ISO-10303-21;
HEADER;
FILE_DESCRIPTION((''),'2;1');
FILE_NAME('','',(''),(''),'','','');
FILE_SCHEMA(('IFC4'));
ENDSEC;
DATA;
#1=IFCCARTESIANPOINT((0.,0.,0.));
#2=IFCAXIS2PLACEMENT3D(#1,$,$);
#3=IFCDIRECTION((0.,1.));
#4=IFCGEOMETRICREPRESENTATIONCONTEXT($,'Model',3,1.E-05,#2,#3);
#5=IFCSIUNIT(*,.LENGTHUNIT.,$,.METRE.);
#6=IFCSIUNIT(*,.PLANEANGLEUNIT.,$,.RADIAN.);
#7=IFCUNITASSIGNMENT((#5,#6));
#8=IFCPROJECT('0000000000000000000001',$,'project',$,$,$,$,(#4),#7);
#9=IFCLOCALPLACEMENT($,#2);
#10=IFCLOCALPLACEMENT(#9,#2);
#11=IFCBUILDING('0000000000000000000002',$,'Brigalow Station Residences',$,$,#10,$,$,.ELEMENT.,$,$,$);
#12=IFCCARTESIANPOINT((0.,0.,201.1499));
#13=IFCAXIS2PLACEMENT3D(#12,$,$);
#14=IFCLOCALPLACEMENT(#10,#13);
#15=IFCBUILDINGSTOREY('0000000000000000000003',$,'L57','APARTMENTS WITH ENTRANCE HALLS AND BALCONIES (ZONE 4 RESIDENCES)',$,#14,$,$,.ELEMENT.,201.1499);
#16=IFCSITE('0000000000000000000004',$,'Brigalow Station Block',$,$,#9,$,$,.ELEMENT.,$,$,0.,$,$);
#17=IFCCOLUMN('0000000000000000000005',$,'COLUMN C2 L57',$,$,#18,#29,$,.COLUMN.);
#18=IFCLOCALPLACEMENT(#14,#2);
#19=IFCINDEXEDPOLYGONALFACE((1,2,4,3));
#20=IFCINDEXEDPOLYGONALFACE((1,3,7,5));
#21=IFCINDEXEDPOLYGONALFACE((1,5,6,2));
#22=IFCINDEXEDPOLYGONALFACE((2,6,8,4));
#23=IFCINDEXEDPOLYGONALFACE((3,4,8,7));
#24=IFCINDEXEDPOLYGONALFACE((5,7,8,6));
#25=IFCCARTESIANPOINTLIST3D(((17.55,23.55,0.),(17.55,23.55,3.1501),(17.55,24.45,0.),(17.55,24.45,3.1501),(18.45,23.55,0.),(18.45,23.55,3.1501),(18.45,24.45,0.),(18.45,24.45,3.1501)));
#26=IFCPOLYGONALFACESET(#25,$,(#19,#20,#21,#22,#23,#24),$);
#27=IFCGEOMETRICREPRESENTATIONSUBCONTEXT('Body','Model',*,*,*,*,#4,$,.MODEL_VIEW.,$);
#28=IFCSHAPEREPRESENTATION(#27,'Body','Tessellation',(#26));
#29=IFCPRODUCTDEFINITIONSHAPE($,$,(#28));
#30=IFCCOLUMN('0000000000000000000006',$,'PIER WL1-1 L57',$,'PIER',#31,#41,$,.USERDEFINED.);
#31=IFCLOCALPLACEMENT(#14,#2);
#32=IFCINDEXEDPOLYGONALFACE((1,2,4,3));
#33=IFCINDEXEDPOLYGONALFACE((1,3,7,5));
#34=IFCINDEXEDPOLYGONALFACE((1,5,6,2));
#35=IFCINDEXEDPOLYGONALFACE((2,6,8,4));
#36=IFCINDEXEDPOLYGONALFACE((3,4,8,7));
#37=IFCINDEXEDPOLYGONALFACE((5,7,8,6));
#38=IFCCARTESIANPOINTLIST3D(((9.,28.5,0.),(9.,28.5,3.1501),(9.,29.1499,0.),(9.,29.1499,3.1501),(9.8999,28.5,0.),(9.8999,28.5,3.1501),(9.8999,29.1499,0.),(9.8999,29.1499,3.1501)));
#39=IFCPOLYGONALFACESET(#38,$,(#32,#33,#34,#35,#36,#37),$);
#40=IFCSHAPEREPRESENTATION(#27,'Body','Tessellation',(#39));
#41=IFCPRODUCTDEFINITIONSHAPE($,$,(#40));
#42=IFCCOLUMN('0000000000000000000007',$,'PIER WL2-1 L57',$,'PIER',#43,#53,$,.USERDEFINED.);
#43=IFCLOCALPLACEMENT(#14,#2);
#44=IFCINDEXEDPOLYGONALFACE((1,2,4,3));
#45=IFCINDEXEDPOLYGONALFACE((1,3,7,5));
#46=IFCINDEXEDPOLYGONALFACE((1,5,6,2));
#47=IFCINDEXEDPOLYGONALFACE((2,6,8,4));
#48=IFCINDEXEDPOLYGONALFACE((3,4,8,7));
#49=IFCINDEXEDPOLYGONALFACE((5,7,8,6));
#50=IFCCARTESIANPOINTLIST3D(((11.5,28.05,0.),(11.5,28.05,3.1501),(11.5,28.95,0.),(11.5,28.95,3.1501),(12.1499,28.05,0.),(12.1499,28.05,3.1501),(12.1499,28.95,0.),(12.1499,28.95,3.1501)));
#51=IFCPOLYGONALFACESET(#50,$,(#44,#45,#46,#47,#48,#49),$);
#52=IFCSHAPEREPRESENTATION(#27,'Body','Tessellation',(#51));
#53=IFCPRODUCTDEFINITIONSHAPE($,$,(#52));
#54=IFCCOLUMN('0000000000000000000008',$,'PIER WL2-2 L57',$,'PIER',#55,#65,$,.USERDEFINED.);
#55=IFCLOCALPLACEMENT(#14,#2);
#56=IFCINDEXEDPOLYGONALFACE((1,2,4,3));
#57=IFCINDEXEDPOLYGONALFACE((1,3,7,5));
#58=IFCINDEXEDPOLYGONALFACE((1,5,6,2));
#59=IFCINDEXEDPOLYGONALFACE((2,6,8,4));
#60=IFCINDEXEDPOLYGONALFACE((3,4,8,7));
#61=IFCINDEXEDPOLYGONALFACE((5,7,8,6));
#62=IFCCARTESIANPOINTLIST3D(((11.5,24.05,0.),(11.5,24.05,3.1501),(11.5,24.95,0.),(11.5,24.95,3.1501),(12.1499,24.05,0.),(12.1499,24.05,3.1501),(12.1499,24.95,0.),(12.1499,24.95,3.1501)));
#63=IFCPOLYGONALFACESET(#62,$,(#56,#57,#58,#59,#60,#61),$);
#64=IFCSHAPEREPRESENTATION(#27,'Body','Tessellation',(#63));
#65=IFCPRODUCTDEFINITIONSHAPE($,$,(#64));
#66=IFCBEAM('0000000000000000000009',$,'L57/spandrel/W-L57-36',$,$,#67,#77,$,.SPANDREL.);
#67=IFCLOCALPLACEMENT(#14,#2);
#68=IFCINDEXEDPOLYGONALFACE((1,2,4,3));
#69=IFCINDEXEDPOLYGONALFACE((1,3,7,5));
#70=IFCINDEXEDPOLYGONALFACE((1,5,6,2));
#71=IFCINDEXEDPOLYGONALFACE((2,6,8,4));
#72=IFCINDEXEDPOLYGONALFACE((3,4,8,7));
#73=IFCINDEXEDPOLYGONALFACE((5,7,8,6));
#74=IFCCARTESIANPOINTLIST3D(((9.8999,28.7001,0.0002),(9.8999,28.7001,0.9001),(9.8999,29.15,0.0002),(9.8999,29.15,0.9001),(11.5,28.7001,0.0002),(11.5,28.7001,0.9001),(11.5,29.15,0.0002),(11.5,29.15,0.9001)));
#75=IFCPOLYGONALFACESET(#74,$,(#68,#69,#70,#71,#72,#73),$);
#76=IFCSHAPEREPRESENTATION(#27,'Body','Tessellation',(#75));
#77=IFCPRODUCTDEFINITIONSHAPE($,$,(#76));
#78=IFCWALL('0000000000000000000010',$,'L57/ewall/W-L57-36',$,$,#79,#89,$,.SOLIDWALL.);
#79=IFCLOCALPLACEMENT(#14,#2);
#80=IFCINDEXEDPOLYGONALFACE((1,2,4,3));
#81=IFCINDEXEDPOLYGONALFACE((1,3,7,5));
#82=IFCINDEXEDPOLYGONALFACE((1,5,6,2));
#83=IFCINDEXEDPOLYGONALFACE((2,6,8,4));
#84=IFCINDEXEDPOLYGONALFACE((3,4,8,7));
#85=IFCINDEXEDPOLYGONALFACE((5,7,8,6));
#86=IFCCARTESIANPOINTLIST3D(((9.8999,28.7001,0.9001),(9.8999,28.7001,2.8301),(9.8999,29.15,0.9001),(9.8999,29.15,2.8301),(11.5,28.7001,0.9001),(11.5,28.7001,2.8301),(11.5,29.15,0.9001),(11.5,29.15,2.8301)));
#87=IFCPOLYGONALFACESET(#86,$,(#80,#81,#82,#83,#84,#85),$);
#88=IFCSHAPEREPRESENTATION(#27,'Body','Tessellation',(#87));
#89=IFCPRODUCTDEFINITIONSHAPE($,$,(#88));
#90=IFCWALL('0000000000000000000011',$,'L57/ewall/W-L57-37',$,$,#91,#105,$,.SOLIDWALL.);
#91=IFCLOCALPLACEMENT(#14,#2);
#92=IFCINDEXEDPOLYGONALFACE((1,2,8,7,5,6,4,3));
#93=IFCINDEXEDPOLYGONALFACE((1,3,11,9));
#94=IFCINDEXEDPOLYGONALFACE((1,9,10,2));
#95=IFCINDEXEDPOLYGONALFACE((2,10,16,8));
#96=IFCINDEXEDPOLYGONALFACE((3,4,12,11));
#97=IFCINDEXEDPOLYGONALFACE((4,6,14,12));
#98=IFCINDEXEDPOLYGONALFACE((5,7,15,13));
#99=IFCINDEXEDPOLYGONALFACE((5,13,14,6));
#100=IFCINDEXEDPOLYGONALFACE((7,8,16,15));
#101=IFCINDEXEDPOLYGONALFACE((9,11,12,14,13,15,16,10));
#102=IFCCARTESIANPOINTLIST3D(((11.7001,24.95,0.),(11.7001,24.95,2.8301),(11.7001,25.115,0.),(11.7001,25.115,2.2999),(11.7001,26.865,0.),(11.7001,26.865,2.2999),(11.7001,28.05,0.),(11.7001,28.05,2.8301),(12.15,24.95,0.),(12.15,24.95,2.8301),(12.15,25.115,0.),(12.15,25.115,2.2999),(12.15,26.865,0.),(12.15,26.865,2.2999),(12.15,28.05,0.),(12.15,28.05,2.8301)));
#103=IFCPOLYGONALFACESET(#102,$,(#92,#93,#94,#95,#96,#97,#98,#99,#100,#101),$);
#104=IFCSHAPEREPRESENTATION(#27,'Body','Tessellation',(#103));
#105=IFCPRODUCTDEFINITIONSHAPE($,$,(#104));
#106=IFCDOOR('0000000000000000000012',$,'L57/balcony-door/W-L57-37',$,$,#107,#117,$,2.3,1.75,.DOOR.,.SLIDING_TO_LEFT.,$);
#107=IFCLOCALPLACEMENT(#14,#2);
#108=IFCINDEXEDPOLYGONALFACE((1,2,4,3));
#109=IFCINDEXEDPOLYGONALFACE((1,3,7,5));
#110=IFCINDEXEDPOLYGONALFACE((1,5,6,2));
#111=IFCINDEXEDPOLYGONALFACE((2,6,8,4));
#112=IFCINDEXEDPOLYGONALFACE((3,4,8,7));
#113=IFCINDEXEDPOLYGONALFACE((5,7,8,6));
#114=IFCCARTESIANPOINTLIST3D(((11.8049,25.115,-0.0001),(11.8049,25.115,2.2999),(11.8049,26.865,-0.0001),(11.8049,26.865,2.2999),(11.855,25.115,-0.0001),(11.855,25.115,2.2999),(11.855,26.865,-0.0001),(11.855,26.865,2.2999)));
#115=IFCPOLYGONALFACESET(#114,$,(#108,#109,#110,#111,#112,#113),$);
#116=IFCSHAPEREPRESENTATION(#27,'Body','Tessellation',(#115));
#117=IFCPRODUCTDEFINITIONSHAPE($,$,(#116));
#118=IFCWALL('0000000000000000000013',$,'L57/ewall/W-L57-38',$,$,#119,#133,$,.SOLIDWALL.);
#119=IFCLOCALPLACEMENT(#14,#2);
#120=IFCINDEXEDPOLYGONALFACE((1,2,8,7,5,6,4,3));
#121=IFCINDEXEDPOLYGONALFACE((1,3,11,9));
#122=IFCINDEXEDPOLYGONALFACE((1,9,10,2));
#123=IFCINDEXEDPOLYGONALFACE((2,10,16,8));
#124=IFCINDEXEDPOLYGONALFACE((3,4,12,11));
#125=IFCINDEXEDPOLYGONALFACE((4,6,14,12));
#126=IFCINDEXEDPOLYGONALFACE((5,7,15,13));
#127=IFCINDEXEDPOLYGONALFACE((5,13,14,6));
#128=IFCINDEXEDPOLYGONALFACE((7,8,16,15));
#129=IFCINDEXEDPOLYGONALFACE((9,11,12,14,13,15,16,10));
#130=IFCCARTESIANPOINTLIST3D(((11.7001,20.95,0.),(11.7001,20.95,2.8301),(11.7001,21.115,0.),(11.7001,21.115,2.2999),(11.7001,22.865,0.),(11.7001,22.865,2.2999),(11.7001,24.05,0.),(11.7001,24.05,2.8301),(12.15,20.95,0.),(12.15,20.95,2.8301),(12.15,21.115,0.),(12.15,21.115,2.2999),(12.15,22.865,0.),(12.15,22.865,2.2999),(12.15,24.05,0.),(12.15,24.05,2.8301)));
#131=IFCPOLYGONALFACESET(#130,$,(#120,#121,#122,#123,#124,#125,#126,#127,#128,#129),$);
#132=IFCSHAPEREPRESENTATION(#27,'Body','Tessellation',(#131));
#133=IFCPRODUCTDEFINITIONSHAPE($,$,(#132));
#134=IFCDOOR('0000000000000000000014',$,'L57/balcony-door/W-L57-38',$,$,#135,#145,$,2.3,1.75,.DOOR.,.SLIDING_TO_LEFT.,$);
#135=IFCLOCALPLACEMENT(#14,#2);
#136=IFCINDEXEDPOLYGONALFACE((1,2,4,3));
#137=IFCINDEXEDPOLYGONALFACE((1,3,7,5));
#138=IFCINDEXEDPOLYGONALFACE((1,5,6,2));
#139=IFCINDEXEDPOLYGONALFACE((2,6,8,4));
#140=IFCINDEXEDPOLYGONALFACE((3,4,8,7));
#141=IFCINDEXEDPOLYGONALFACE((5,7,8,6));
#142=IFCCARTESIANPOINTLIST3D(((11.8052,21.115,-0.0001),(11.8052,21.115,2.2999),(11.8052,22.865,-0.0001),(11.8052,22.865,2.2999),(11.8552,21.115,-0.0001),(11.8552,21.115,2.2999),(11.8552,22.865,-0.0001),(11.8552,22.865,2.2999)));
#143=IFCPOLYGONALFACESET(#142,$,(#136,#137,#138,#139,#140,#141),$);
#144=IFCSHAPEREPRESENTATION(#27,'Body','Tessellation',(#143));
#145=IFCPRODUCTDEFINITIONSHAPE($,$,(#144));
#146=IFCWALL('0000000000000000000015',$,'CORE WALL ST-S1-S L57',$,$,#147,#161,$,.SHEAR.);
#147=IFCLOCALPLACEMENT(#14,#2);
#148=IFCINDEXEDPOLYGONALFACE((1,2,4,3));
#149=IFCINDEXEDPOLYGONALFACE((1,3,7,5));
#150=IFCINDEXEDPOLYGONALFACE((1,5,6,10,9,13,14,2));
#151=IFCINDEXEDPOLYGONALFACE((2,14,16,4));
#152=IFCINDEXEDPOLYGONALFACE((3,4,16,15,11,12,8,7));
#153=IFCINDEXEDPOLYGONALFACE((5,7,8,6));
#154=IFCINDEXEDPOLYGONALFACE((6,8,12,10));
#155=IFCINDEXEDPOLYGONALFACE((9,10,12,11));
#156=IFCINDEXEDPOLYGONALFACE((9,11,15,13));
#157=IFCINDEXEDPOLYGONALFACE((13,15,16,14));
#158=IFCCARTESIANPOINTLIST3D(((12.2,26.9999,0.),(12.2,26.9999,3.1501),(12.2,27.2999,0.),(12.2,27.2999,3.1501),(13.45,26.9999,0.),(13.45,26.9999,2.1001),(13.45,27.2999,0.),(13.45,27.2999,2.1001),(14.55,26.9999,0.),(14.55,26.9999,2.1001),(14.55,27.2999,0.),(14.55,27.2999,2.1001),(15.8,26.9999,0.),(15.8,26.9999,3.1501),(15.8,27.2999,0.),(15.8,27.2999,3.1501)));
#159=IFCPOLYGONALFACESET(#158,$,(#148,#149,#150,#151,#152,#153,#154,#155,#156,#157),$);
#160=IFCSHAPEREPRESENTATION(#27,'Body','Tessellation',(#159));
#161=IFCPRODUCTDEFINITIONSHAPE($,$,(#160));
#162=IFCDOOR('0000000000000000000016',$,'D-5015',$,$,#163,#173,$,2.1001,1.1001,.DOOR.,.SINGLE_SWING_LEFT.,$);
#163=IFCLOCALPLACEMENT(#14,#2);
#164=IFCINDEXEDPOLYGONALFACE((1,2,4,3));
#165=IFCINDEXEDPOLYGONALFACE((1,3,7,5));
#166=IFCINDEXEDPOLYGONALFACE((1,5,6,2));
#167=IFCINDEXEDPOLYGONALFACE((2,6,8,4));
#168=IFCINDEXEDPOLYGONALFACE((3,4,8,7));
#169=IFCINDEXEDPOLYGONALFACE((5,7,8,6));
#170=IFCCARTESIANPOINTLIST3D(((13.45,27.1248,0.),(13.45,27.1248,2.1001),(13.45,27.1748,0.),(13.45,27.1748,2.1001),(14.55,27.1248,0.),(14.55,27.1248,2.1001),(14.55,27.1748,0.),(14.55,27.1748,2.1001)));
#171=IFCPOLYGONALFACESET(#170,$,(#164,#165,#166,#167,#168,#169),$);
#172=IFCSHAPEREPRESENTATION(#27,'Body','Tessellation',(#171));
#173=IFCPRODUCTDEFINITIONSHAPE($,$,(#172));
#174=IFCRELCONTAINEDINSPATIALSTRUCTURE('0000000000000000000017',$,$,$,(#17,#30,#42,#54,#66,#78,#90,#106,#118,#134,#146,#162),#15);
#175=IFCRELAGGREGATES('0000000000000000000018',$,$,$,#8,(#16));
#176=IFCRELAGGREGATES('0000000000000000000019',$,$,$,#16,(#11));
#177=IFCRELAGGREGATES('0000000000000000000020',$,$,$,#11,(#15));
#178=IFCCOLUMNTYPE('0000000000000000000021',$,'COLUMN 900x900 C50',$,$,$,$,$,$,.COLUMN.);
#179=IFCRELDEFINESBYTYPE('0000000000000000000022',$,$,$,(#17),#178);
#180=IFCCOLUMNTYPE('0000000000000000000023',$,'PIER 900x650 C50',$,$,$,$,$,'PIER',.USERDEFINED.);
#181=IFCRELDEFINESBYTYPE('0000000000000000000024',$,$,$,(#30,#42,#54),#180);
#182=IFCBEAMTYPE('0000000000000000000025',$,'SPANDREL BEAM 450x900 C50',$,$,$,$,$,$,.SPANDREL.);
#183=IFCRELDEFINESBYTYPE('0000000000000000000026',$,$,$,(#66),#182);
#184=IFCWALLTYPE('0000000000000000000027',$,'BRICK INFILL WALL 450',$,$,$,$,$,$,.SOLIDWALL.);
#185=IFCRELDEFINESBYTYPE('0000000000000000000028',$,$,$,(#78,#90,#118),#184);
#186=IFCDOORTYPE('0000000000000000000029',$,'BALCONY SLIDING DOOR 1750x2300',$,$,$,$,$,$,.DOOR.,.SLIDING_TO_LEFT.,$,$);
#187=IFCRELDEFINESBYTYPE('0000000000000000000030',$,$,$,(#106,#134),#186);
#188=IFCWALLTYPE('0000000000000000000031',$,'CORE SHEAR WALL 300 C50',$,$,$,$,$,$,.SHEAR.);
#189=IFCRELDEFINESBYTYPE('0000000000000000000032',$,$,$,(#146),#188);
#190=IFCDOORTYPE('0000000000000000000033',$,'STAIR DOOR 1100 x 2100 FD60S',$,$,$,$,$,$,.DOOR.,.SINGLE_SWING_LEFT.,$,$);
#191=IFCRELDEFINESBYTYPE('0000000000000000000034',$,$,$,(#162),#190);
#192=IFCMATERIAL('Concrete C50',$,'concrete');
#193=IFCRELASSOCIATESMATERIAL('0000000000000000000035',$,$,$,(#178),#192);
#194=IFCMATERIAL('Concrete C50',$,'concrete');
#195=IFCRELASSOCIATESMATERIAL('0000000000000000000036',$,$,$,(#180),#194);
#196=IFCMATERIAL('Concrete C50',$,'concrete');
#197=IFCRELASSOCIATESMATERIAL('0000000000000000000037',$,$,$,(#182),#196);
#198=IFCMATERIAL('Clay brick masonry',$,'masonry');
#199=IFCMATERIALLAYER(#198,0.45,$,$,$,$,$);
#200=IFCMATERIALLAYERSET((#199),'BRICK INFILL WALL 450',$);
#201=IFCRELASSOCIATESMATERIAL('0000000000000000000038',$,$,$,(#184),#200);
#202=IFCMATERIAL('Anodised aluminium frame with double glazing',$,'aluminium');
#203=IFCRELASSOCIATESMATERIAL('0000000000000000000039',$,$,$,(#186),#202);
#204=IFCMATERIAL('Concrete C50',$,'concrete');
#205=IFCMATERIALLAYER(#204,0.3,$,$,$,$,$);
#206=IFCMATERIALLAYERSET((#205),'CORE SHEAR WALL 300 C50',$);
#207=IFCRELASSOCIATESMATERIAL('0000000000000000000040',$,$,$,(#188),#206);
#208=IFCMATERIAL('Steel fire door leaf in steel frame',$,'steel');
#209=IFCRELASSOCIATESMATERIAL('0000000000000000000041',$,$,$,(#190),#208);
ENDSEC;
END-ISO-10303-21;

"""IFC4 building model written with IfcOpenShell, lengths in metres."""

from ifc_helpers import new_model, si_unit, direction, frame, frame_2d, origin, origin_2d, place, context, subcontext, project, spatial, rectangle, extrude, material, layer, layer_set, material_profile, profile_set, type_object, element, fill, save


model = new_model("IFC4")

# Units and contexts
model_context = context("Model", 3, precision=1e-05, world=origin(), true_north=direction((0.0, 1.0)))
body_context = subcontext(model_context, "Body", "Model", "MODEL_VIEW")
ifc_project = project(units=[si_unit("LENGTHUNIT", "METRE"), si_unit("PLANEANGLEUNIT", "RADIAN")], contexts=[model_context])

# Site, building, storey
site_placement = place(None, origin())
site = spatial("IfcSite", under=ifc_project, at=site_placement, Name="Brigalow Station Block", CompositionType="ELEMENT", RefElevation=0.0)
building_placement = place(site_placement, origin())
building = spatial("IfcBuilding", under=site, at=building_placement, Name="Brigalow Station Residences", CompositionType="ELEMENT")
storey_placement = place(building_placement, frame((0.0, 0.0, 201.1499)))
storey = spatial("IfcBuildingStorey", under=building, at=storey_placement, Name="L57", Description="APARTMENTS WITH ENTRANCE HALLS AND BALCONIES (ZONE 4 RESIDENCES)", CompositionType="ELEMENT", Elevation=201.1499)

# Columns
ifc_material_1 = material(Name="Concrete C50", Category="concrete")
ifc_material_profile_1 = material_profile(ifc_material_1, rectangle(XDim=0.8999, YDim=0.8999, at=origin_2d()), Name="RC900x900")
ifc_profile_set_1 = profile_set([ifc_material_profile_1], Name="Concrete C50")
column_type_1 = type_object("IfcColumnType", Name="COLUMN 900x900 C50", PredefinedType="COLUMN", material=ifc_profile_set_1)
column_placement = place(storey_placement, frame((18.0, 24.0, 0.0), z_axis=(0.0, 0.0, 1.0), x_axis=(1.0, 0.0, 0.0)))
element("IfcColumn", 1, at=column_placement, inside=storey, type_object=column_type_1, Name="COLUMN C2 L57", PredefinedType="COLUMN", context=body_context, shape_type="SweptSolid", body=[
    extrude(rectangle(XDim=0.8999, YDim=0.8999, at=origin_2d()), origin(), (0.0, 0.0, 1.0), 3.1501),
])
ifc_material_2 = material(Name="Concrete C50", Category="concrete")
ifc_material_profile_2 = material_profile(ifc_material_2, rectangle(XDim=0.8999, YDim=0.6499, at=origin_2d()), Name="RC900x650")
ifc_profile_set_2 = profile_set([ifc_material_profile_2], Name="Concrete C50")
column_type_2 = type_object("IfcColumnType", Name="PIER 900x650 C50", ElementType="PIER", PredefinedType="USERDEFINED", material=ifc_profile_set_2)
for number, where, z_axis, x_axis, name in (
    (2, (9.45, 28.825, 0.0), (0.0, 0.0, 1.0), (1.0, 0.0, 0.0), "PIER WL1-1 L57"),
    (3, (11.825, 28.5, 0.0), (0.0, 0.0, 1.0), (0.0, -1.0, 0.0), "PIER WL2-1 L57"),
    (4, (11.825, 24.5, 0.0), (0.0, 0.0, 1.0), (0.0, -1.0, 0.0), "PIER WL2-2 L57"),
):
    element("IfcColumn", number, at=place(storey_placement, frame(where, z_axis=z_axis, x_axis=x_axis)), inside=storey, type_object=column_type_2, Name=name, ObjectType="PIER", PredefinedType="USERDEFINED", context=body_context, shape_type="SweptSolid", body=[
        extrude(rectangle(XDim=0.8999, YDim=0.6499, at=origin_2d()), origin(), (0.0, 0.0, 1.0), 3.1501),
    ])

# Beam
ifc_material_3 = material(Name="Concrete C50", Category="concrete")
ifc_material_profile_3 = material_profile(ifc_material_3, rectangle(XDim=0.45, YDim=0.8999, at=origin_2d()), Name="RC450x900")
ifc_profile_set_3 = profile_set([ifc_material_profile_3], Name="Concrete C50")
beam_type = type_object("IfcBeamType", Name="SPANDREL BEAM 450x900 C50", PredefinedType="SPANDREL", material=ifc_profile_set_3)
beam_placement = place(storey_placement, frame((9.8999, 28.925, 0.4502), z_axis=(1.0, 0.0, 0.0), x_axis=(0.0, 1.0, 0.0)))
element("IfcBeam", 5, at=beam_placement, inside=storey, type_object=beam_type, Name="L57/spandrel/W-L57-36", PredefinedType="SPANDREL", context=body_context, shape_type="SweptSolid", body=[
    extrude(rectangle(XDim=0.45, YDim=0.8999, at=origin_2d()), origin(), (0.0, 0.0, 1.0), 1.6001),
])

# Wall
ifc_material_4 = material(Name="Clay brick masonry", Category="masonry")
ifc_layer_1 = layer(ifc_material_4, 0.45)
ifc_layer_set_1 = layer_set([ifc_layer_1], Name="BRICK INFILL WALL 450")
wall_type_1 = type_object("IfcWallType", Name="BRICK INFILL WALL 450", PredefinedType="SOLIDWALL", material=ifc_layer_set_1)
wall_1_placement = place(storey_placement, frame((9.8999, 28.925, 0.9001), z_axis=(0.0, 0.0, 1.0), x_axis=(1.0, 0.0, 0.0)))
element("IfcWall", 6, at=wall_1_placement, inside=storey, type_object=wall_type_1, Name="L57/ewall/W-L57-36", PredefinedType="SOLIDWALL", context=body_context, shape_type="SweptSolid", body=[
    extrude(rectangle(XDim=1.6001, YDim=0.45, at=frame_2d((0.8, 0.0))), origin(), (0.0, 0.0, 1.0), 1.9299),
])

# Walls, openings, doors
wall_2_placement = place(storey_placement, frame((11.925, 28.05, 0.0), z_axis=(0.0, 0.0, 1.0), x_axis=(0.0, -1.0, 0.0)))
wall_2 = element("IfcWall", 7, at=wall_2_placement, inside=storey, type_object=wall_type_1, Name="L57/ewall/W-L57-37", PredefinedType="SOLIDWALL", context=body_context, shape_type="SweptSolid", body=[
    extrude(rectangle(XDim=3.1001, YDim=0.45, at=frame_2d((1.55, 0.0))), origin(), (0.0, 0.0, 1.0), 2.8301),
])
opening_1_placement = place(wall_2_placement, frame((1.1851, 0.0, 0.0)))
opening_1 = element("IfcOpeningElement", 8, at=opening_1_placement, cuts=wall_2, PredefinedType="OPENING", context=body_context, shape_type="SweptSolid", body=[
    extrude(rectangle(XDim=1.75, YDim=2.3, at=frame_2d((0.875, 1.1499))), frame((0.0, 0.2349, 0.0), z_axis=(0.0, -1.0, 0.0), x_axis=(1.0, 0.0, 0.0)), (0.0, 0.0, 1.0), 0.47),
])
ifc_material_5 = material(Name="Anodised aluminium frame with double glazing", Category="aluminium")
door_type_1 = type_object("IfcDoorType", Name="BALCONY SLIDING DOOR 1750x2300", OperationType="SLIDING_TO_LEFT", PredefinedType="DOOR", material=ifc_material_5)
door_1_placement = place(opening_1_placement, frame((1.75, -0.1899, 0.0), z_axis=(0.0, 0.0, 1.0), x_axis=(-1.0, 0.0, 0.0)))
door_1 = element("IfcDoor", 9, at=door_1_placement, inside=storey, type_object=door_type_1, Name="L57/balcony-door/W-L57-37", OperationType="SLIDING_TO_LEFT", OverallHeight=2.3, OverallWidth=1.75, PredefinedType="DOOR", context=body_context, shape_type="SweptSolid", body=[
    extrude(rectangle(XDim=1.75, YDim=2.3, at=frame_2d((0.875, 1.1499))), frame((0.0, -0.0698, 0.0), z_axis=(0.0, -1.0, 0.0), x_axis=(1.0, 0.0, 0.0)), (0.0, 0.0, 1.0), 0.05),
])
fill(opening_1, door_1)
wall_3_placement = place(storey_placement, frame((11.925, 24.05, 0.0), z_axis=(0.0, 0.0, 1.0), x_axis=(0.0, -1.0, 0.0)))
wall_3 = element("IfcWall", 10, at=wall_3_placement, inside=storey, type_object=wall_type_1, Name="L57/ewall/W-L57-38", PredefinedType="SOLIDWALL", context=body_context, shape_type="SweptSolid", body=[
    extrude(rectangle(XDim=3.1001, YDim=0.45, at=frame_2d((1.55, 0.0))), origin(), (0.0, 0.0, 1.0), 2.8301),
])
opening_2_placement = place(wall_3_placement, frame((1.1851, 0.0, 0.0)))
opening_2 = element("IfcOpeningElement", 11, at=opening_2_placement, cuts=wall_3, PredefinedType="OPENING", context=body_context, shape_type="SweptSolid", body=[
    extrude(rectangle(XDim=1.75, YDim=2.3, at=frame_2d((0.875, 1.1499))), frame((0.0, 0.2349, 0.0), z_axis=(0.0, -1.0, 0.0), x_axis=(1.0, 0.0, 0.0)), (0.0, 0.0, 1.0), 0.47),
])
door_2_placement = place(opening_2_placement, origin())
door_2 = element("IfcDoor", 12, at=door_2_placement, inside=storey, type_object=door_type_1, Name="L57/balcony-door/W-L57-38", OperationType="SLIDING_TO_LEFT", OverallHeight=2.3, OverallWidth=1.75, PredefinedType="DOOR", context=body_context, shape_type="SweptSolid", body=[
    extrude(rectangle(XDim=1.75, YDim=2.3, at=frame_2d((0.875, 1.1499))), frame((0.0, -0.0698, 0.0), z_axis=(0.0, -1.0, 0.0), x_axis=(1.0, 0.0, 0.0)), (0.0, 0.0, 1.0), 0.05),
])
fill(opening_2, door_2)
ifc_material_6 = material(Name="Concrete C50", Category="concrete")
ifc_layer_2 = layer(ifc_material_6, 0.3)
ifc_layer_set_2 = layer_set([ifc_layer_2], Name="CORE SHEAR WALL 300 C50")
wall_type_2 = type_object("IfcWallType", Name="CORE SHEAR WALL 300 C50", PredefinedType="SHEAR", material=ifc_layer_set_2)
wall_4_placement = place(storey_placement, frame((12.2, 27.1499, 0.0), z_axis=(0.0, 0.0, 1.0), x_axis=(1.0, 0.0, 0.0)))
wall_4 = element("IfcWall", 13, at=wall_4_placement, inside=storey, type_object=wall_type_2, Name="CORE WALL ST-S1-S L57", PredefinedType="SHEAR", context=body_context, shape_type="SweptSolid", body=[
    extrude(rectangle(XDim=3.6001, YDim=0.3, at=frame_2d((1.8, 0.0))), origin(), (0.0, 0.0, 1.0), 3.1501),
])
opening_3_placement = place(wall_4_placement, frame((1.25, 0.0, 0.0)))
opening_3 = element("IfcOpeningElement", 14, at=opening_3_placement, cuts=wall_4, PredefinedType="OPENING", context=body_context, shape_type="SweptSolid", body=[
    extrude(rectangle(XDim=1.1001, YDim=2.1001, at=frame_2d((0.55, 1.05))), frame((0.0, 0.1602, 0.0), z_axis=(0.0, -1.0, 0.0), x_axis=(1.0, 0.0, 0.0)), (0.0, 0.0, 1.0), 0.3201),
])
ifc_material_7 = material(Name="Steel fire door leaf in steel frame", Category="steel")
door_type_2 = type_object("IfcDoorType", Name="STAIR DOOR 1100 x 2100 FD60S", OperationType="SINGLE_SWING_LEFT", PredefinedType="DOOR", material=ifc_material_7)
door_3_placement = place(opening_3_placement, origin())
door_3 = element("IfcDoor", 15, at=door_3_placement, inside=storey, type_object=door_type_2, Name="D-5015", OperationType="SINGLE_SWING_LEFT", OverallHeight=2.1001, OverallWidth=1.1001, PredefinedType="DOOR", context=body_context, shape_type="SweptSolid", body=[
    extrude(rectangle(XDim=1.1001, YDim=2.1001, at=frame_2d((0.55, 1.05))), frame((0.0, 0.0249, 0.0), z_axis=(0.0, -1.0, 0.0), x_axis=(1.0, 0.0, 0.0)), (0.0, 0.0, 1.0), 0.05),
])
fill(opening_3, door_3)

save(model, "model.ifc")
